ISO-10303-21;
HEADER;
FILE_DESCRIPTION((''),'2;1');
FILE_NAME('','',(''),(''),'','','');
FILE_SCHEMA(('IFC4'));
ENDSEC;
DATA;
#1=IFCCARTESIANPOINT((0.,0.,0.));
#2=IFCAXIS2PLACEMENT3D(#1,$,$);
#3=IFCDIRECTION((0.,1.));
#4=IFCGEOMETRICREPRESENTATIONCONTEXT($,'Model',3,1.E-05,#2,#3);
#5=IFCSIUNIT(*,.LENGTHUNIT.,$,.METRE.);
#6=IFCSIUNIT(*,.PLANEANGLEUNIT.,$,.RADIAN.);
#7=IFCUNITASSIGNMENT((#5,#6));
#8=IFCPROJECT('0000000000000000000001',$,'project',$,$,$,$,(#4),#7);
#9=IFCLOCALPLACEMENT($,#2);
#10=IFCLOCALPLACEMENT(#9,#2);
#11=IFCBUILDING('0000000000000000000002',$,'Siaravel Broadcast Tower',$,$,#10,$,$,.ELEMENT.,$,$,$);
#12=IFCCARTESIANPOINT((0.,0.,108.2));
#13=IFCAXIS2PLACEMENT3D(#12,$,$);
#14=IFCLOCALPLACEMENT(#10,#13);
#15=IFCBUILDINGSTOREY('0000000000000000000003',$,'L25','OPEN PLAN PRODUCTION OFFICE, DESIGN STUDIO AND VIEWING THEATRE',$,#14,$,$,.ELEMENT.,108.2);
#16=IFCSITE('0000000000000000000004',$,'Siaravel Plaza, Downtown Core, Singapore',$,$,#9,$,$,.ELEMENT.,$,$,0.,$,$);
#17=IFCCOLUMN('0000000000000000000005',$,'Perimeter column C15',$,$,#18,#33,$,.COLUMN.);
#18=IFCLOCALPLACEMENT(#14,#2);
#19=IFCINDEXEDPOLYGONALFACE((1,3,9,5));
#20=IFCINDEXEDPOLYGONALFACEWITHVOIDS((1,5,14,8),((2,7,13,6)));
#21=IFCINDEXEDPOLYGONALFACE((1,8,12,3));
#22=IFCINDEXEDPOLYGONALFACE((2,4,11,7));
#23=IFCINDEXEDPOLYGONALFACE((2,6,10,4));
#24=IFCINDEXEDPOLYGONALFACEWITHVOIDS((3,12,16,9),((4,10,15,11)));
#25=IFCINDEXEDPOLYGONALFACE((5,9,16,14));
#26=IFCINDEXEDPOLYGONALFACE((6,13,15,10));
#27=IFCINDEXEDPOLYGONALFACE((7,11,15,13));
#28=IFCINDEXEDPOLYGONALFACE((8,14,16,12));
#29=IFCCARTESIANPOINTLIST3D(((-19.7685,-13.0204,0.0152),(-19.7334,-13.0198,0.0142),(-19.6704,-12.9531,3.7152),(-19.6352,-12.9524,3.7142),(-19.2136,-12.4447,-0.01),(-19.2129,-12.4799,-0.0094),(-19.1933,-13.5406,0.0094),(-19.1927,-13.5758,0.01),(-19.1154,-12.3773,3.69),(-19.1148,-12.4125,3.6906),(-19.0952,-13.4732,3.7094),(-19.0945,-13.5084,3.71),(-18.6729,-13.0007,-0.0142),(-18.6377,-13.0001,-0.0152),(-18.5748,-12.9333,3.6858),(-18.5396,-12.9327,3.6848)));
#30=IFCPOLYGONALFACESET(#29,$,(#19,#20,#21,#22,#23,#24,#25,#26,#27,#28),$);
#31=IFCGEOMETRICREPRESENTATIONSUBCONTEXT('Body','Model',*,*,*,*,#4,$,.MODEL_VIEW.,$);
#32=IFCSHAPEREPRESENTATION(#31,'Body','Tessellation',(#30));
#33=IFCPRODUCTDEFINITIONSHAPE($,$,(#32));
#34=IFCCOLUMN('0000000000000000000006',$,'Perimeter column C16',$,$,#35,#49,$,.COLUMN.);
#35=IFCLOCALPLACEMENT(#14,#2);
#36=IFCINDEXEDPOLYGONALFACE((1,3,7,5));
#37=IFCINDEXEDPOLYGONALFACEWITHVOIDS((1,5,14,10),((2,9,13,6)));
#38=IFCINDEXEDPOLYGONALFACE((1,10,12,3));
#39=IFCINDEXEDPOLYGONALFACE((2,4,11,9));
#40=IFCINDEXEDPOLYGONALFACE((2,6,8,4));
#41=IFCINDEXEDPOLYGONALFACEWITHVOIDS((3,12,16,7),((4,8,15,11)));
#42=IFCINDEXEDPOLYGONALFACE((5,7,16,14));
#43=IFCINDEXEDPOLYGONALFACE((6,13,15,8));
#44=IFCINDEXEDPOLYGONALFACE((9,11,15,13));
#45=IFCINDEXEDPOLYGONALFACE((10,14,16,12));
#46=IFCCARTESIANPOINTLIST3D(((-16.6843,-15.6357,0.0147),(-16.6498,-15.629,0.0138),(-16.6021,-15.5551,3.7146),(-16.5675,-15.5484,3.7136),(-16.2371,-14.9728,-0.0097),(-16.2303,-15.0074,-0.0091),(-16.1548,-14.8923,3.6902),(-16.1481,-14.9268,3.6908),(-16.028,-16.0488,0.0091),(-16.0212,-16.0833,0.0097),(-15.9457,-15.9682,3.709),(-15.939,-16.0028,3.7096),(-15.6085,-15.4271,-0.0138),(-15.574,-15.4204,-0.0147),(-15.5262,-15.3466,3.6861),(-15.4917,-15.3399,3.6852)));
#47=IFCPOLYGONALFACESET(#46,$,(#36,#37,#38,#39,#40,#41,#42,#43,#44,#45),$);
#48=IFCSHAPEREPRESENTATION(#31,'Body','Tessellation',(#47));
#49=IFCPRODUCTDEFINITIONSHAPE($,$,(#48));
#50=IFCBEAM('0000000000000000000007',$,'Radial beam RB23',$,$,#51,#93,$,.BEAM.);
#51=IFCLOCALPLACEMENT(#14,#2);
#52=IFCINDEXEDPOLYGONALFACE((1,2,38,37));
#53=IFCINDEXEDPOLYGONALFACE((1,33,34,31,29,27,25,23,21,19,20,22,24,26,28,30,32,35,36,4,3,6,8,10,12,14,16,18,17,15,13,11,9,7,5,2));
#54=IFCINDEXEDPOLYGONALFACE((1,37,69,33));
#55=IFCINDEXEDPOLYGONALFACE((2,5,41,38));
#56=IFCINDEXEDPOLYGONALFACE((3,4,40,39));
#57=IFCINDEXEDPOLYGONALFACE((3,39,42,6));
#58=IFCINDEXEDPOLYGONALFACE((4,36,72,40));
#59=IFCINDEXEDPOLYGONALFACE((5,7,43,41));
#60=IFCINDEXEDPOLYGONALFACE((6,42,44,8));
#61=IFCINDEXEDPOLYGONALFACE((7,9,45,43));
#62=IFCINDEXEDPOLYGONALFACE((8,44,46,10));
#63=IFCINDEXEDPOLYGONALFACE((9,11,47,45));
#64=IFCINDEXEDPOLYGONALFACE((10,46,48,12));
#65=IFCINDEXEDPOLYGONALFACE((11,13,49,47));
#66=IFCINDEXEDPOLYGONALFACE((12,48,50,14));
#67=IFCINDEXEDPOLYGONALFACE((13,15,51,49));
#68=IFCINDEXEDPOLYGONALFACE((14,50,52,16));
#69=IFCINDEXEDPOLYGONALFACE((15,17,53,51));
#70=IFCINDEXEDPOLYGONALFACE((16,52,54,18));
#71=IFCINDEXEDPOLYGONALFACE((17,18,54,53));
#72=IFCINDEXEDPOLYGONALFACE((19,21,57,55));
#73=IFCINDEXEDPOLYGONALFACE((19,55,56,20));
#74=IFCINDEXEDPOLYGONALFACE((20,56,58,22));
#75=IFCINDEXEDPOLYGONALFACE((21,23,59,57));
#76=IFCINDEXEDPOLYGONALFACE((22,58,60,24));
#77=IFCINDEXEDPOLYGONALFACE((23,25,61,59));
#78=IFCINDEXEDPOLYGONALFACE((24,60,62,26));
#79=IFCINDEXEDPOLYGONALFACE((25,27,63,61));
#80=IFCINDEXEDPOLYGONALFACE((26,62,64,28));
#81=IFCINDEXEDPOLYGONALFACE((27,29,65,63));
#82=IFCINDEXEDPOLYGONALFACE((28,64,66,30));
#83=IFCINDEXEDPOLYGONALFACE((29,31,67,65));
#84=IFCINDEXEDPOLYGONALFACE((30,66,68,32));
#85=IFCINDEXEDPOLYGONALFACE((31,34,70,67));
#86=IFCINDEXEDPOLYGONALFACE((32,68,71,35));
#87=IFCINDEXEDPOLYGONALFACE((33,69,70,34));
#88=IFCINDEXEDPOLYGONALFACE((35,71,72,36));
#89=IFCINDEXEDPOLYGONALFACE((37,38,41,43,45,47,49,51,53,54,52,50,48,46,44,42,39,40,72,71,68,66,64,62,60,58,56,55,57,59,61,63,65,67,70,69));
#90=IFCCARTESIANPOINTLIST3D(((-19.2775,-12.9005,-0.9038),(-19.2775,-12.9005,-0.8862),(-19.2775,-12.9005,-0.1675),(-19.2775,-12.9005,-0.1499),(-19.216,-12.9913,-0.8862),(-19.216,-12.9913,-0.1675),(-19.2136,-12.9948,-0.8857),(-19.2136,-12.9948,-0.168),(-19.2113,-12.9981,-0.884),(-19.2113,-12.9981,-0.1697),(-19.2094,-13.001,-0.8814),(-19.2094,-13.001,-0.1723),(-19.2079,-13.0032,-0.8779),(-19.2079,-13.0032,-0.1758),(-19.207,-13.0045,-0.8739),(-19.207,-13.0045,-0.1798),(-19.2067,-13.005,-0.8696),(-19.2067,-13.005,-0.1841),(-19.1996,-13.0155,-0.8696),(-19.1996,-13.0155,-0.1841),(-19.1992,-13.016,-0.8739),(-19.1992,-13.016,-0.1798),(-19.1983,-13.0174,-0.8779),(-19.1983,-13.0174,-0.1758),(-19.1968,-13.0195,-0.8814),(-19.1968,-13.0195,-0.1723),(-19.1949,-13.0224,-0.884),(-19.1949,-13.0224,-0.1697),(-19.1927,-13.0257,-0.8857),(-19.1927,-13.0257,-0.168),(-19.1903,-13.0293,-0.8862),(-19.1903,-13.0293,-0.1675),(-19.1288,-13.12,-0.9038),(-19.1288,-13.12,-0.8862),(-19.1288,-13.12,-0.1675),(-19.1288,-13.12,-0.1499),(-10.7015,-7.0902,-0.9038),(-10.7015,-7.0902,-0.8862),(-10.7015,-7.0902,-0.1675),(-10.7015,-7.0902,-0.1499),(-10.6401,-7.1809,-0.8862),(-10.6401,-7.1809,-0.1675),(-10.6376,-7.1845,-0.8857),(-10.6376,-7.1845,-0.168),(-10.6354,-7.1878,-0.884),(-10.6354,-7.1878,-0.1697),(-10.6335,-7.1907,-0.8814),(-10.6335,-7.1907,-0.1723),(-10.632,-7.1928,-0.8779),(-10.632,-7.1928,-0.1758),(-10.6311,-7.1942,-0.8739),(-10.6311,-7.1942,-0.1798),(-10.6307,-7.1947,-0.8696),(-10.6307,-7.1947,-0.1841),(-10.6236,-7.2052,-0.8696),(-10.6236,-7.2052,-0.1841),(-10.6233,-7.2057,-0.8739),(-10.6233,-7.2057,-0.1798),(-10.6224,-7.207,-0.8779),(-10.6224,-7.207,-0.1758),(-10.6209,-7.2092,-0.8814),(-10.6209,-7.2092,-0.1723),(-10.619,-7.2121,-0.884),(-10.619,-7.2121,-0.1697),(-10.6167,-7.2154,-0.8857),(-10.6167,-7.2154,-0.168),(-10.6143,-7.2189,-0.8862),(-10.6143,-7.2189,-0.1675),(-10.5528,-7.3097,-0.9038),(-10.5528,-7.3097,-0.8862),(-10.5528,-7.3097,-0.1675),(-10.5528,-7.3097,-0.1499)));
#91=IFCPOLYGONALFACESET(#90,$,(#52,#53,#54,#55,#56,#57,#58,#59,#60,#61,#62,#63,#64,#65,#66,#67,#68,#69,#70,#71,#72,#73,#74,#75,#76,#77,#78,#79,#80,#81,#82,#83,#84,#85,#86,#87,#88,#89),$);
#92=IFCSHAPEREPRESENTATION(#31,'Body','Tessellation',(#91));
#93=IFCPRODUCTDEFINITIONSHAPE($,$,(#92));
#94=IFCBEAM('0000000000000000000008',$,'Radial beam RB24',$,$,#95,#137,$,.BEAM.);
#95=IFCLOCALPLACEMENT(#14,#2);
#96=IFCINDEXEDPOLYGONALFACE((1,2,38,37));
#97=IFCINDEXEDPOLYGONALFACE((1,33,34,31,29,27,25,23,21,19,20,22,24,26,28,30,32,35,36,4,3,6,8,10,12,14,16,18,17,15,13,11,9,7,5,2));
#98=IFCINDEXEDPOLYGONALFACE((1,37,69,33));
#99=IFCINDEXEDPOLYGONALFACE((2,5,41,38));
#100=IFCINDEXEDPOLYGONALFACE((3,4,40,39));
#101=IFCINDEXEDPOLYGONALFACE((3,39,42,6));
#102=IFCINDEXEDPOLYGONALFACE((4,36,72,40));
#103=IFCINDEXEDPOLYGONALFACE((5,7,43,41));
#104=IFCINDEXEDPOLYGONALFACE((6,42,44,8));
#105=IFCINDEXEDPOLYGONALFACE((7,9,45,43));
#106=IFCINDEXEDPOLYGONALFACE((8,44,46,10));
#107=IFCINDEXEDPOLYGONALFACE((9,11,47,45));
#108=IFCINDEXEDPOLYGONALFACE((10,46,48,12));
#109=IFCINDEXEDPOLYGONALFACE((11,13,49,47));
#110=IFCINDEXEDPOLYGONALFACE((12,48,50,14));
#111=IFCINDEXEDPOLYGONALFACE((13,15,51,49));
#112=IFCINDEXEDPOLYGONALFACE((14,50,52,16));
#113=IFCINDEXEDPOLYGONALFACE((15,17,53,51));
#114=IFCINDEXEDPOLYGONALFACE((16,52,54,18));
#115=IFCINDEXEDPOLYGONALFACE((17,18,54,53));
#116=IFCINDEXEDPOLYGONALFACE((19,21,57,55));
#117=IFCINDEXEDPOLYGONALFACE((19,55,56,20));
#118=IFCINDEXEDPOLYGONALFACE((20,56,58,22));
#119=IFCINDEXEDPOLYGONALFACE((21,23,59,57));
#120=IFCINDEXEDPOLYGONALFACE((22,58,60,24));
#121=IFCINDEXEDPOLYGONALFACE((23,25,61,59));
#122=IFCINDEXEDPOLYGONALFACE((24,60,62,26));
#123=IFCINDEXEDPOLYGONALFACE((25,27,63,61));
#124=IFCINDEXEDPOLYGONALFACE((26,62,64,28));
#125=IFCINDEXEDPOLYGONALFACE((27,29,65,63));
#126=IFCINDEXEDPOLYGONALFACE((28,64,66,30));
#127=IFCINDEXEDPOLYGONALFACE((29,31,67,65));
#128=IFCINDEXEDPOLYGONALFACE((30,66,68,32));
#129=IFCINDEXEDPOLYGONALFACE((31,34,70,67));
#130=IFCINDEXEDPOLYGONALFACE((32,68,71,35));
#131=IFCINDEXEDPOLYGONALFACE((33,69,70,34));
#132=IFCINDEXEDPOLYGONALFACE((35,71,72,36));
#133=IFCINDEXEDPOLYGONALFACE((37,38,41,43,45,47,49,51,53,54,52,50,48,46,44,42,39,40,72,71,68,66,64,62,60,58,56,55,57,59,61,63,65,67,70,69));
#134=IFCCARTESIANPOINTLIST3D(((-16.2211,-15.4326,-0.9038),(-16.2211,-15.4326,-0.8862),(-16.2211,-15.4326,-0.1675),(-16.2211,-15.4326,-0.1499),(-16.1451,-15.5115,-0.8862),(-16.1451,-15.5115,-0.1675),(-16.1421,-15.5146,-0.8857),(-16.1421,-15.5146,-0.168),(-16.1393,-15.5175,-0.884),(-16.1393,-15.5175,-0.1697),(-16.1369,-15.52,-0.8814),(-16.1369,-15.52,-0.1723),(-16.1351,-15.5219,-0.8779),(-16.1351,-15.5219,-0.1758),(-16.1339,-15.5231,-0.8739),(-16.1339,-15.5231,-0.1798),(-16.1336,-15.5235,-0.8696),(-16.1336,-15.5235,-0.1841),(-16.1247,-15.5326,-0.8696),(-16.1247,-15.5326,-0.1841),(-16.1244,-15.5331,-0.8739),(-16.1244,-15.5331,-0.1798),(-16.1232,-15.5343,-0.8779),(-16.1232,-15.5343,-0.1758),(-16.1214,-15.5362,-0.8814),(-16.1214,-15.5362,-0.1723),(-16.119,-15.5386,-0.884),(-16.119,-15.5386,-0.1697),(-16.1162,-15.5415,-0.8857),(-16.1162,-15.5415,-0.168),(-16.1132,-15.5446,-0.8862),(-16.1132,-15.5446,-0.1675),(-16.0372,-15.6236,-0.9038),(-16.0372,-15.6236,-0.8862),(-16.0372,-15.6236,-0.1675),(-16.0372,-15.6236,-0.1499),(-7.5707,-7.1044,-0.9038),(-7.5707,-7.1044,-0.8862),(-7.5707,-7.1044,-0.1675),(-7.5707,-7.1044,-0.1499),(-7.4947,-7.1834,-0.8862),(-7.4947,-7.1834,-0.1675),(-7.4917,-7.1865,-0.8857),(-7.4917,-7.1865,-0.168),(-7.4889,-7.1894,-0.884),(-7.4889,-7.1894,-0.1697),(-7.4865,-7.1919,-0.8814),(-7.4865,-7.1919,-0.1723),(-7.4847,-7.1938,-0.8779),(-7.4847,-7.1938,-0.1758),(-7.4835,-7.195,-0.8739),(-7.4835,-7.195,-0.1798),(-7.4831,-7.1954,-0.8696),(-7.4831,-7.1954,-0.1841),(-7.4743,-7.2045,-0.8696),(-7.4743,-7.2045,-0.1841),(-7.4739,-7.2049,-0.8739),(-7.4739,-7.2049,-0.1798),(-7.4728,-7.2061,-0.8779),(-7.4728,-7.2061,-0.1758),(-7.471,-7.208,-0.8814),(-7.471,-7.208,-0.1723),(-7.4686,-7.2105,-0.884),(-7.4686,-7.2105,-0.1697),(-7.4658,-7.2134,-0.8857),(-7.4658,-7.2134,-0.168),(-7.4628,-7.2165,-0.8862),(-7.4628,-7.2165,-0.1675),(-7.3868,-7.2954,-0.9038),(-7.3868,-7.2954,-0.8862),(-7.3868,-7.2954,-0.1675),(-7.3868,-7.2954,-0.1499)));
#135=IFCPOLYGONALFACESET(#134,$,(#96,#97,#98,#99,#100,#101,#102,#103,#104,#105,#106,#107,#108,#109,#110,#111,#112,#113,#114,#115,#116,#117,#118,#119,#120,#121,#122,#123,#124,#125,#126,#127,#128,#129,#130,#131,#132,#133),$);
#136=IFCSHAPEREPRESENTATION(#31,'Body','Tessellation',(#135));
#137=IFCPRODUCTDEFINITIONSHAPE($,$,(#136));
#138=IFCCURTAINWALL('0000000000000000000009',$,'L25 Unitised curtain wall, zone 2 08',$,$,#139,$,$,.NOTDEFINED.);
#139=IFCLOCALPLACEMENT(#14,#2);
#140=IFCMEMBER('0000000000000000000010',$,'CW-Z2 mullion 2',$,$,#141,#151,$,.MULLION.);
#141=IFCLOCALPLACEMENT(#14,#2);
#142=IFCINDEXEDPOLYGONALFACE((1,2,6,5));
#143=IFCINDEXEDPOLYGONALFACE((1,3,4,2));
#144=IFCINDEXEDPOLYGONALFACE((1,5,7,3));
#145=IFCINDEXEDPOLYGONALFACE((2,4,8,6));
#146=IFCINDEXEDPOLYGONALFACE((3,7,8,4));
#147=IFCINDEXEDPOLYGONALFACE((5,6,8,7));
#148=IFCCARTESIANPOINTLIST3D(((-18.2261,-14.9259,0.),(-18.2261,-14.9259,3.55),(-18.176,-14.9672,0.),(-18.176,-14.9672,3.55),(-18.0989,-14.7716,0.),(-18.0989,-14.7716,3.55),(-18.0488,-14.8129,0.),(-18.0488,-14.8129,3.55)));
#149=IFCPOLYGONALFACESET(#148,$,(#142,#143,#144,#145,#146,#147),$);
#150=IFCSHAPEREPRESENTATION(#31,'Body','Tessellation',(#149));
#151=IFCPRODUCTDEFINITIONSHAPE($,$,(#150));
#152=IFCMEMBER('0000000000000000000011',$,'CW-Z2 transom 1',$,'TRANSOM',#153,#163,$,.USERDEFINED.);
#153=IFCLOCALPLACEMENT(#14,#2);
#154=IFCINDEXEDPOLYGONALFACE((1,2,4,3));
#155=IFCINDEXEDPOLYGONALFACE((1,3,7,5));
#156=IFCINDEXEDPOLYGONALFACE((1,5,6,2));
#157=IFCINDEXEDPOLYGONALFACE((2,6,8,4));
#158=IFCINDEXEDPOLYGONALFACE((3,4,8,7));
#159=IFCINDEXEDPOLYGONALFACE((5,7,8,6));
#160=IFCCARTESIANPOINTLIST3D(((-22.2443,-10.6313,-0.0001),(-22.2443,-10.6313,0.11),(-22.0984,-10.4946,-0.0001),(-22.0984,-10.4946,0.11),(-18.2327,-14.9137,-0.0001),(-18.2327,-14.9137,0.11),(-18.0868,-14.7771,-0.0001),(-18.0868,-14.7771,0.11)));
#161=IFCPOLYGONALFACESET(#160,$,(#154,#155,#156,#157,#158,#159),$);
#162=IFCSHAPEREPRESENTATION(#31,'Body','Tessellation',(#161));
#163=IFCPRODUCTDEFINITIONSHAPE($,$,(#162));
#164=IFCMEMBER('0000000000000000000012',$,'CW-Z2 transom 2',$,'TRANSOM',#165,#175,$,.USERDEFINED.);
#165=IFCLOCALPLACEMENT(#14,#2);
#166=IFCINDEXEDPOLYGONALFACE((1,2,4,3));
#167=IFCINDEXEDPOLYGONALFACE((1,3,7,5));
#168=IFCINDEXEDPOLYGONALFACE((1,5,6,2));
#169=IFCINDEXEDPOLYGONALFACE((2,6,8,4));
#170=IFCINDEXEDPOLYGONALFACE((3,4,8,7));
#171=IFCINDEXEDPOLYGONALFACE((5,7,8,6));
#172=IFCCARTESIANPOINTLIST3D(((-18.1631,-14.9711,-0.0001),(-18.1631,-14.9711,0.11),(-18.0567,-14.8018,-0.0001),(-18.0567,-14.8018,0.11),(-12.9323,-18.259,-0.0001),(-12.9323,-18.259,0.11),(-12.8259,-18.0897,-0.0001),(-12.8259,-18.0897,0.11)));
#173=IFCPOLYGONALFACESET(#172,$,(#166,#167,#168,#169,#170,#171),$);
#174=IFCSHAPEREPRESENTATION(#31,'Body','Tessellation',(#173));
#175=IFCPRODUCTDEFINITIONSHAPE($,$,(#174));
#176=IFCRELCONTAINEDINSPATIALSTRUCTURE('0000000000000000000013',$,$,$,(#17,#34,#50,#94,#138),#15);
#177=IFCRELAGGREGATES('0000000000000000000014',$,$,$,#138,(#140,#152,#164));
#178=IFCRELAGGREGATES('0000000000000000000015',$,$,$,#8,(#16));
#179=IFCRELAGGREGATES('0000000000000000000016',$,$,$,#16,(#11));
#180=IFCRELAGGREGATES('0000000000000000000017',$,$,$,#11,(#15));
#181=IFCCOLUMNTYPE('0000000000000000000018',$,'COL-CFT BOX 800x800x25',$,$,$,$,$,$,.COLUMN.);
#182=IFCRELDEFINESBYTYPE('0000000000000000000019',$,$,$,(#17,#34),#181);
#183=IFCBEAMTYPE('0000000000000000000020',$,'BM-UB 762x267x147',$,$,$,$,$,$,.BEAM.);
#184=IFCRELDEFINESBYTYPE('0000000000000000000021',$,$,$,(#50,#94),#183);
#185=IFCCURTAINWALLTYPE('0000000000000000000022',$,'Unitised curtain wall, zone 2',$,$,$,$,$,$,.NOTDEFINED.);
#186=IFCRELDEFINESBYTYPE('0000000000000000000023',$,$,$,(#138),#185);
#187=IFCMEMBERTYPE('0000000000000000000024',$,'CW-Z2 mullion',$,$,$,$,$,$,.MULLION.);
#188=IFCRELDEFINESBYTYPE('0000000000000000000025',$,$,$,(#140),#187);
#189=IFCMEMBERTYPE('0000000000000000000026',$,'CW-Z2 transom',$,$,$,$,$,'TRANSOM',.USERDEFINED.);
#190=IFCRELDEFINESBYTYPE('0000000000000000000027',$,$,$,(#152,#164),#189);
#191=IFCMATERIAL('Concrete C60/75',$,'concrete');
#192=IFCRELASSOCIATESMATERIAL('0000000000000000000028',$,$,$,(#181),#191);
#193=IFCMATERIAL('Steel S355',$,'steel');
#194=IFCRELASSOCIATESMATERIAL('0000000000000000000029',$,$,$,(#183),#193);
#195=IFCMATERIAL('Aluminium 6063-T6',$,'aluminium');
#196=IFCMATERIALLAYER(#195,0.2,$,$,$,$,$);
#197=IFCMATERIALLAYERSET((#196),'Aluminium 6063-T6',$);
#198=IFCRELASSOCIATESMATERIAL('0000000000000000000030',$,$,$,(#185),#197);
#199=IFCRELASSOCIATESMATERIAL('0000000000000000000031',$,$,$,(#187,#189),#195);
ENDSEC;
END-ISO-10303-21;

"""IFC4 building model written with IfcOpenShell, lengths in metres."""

from ifc_helpers import new_model, si_unit, direction, frame, origin, origin_2d, place, context, subcontext, project, spatial, rectangle, hollow_rectangle, i_section, extrude, material, layer, layer_set, material_profile, profile_set, type_object, element, aggregate, save


model = new_model("IFC4")

# Units and contexts
model_context = context("Model", 3, precision=1e-05, world=origin(), true_north=direction((0.0, 1.0)))
body_context = subcontext(model_context, "Body", "Model", "MODEL_VIEW")
ifc_project = project(units=[si_unit("LENGTHUNIT", "METRE"), si_unit("PLANEANGLEUNIT", "RADIAN")], contexts=[model_context])

# Site, building, storey
site_placement = place(None, origin())
site = spatial("IfcSite", under=ifc_project, at=site_placement, Name="Siaravel Plaza, Downtown Core, Singapore", CompositionType="ELEMENT", RefElevation=0.0)
building_placement = place(site_placement, origin())
building = spatial("IfcBuilding", under=site, at=building_placement, Name="Siaravel Broadcast Tower", CompositionType="ELEMENT")
storey_placement = place(building_placement, frame((0.0, 0.0, 108.2)))
storey = spatial("IfcBuildingStorey", under=building, at=storey_placement, Name="L25", Description="OPEN PLAN PRODUCTION OFFICE, DESIGN STUDIO AND VIEWING THEATRE", CompositionType="ELEMENT", Elevation=108.2)

# Columns
ifc_material_1 = material(Name="Concrete C60/75", Category="concrete")
ifc_material_profile_1 = material_profile(ifc_material_1, hollow_rectangle(XDim=0.8, YDim=0.8, WallThickness=0.0249, at=origin_2d()))
ifc_profile_set_1 = profile_set([ifc_material_profile_1], Name="Concrete C60/75")
column_type = type_object("IfcColumnType", Name="COL-CFT BOX 800x800x25", PredefinedType="COLUMN", material=ifc_profile_set_1)
column_1_placement = place(storey_placement, frame((-19.2031, -13.0103, 0.0), z_axis=(0.026512, 0.018202, 0.999483), x_axis=(-0.719802, 0.694149, 0.006452)))
element("IfcColumn", 1, at=column_1_placement, inside=storey, type_object=column_type, Name="Perimeter column C15", PredefinedType="COLUMN", context=body_context, shape_type="SweptSolid", body=[
    extrude(hollow_rectangle(XDim=0.8, YDim=0.8, WallThickness=0.0249, at=origin_2d()), origin(), (0.0, 0.0, 1.0), 3.7019),
])
column_2_placement = place(storey_placement, frame((-16.1292, -15.5281, 0.0), z_axis=(0.022226, 0.021764, 0.999516), x_axis=(-0.828819, 0.559482, 0.006248)))
element("IfcColumn", 2, at=column_2_placement, inside=storey, type_object=column_type, Name="Perimeter column C16", PredefinedType="COLUMN", context=body_context, shape_type="SweptSolid", body=[
    extrude(hollow_rectangle(XDim=0.8, YDim=0.8, WallThickness=0.0249, at=origin_2d()), origin(), (0.0, 0.0, 1.0), 3.7017),
])

# Beams
ifc_material_2 = material(Name="Steel S355", Category="steel")
ifc_material_profile_2 = material_profile(ifc_material_2, i_section(OverallWidth=0.2651, OverallDepth=0.7539, WebThickness=0.0127, FlangeThickness=0.0176, FilletRadius=0.0166, at=origin_2d()))
ifc_profile_set_2 = profile_set([ifc_material_profile_2], Name="Steel S355")
beam_type = type_object("IfcBeamType", Name="BM-UB 762x267x147", PredefinedType="BEAM", material=ifc_profile_set_2)
beam_1_placement = place(storey_placement, frame((-19.2031, -13.0103, -0.5269), z_axis=(0.827883, 0.560901, 0.0), x_axis=(-0.560901, 0.827883, 0.0)))
element("IfcBeam", 3, at=beam_1_placement, inside=storey, type_object=beam_type, Name="Radial beam RB23", PredefinedType="BEAM", context=body_context, shape_type="SweptSolid", body=[
    extrude(i_section(OverallWidth=0.2651, OverallDepth=0.7539, WebThickness=0.0127, FlangeThickness=0.0176, FilletRadius=0.0166, at=origin_2d()), origin(), (0.0, 0.0, 1.0), 10.3589),
])
beam_2_placement = place(storey_placement, frame((-16.1292, -15.5281, -0.5269), z_axis=(0.720398, 0.69356, 0.0), x_axis=(-0.69356, 0.720398, 0.0)))
element("IfcBeam", 4, at=beam_2_placement, inside=storey, type_object=beam_type, Name="Radial beam RB24", PredefinedType="BEAM", context=body_context, shape_type="SweptSolid", body=[
    extrude(i_section(OverallWidth=0.2651, OverallDepth=0.7539, WebThickness=0.0127, FlangeThickness=0.0176, FilletRadius=0.0166, at=origin_2d()), origin(), (0.0, 0.0, 1.0), 12.0078),
])

# Curtain wall, members
ifc_material_3 = material(Name="Aluminium 6063-T6", Category="aluminium")
ifc_layer_1 = layer(ifc_material_3, 0.2)
ifc_layer_set_1 = layer_set([ifc_layer_1], Name="Aluminium 6063-T6")
curtain_wall_type = type_object("IfcCurtainWallType", Name="Unitised curtain wall, zone 2", PredefinedType="NOTDEFINED", material=ifc_layer_set_1)
curtain_wall_placement = place(storey_placement, origin())
curtain_wall = element("IfcCurtainWall", 5, at=curtain_wall_placement, inside=storey, type_object=curtain_wall_type, Name="L25 Unitised curtain wall, zone 2 08", PredefinedType="NOTDEFINED")
ifc_material_profile_3 = material_profile(ifc_material_3, rectangle(XDim=0.2, YDim=0.0649, at=origin_2d()))
ifc_profile_set_3 = profile_set([ifc_material_profile_3], Name="Aluminium 6063-T6")
member_type_1 = type_object("IfcMemberType", Name="CW-Z2 mullion", PredefinedType="MULLION", material=ifc_profile_set_3)
member_1_placement = place(storey_placement, frame((-18.1375, -14.8694, 0.0), z_axis=(0.0, 0.0, 1.0), x_axis=(0.636218, 0.771509, 0.0)))
member_1 = element("IfcMember", 6, at=member_1_placement, type_object=member_type_1, Name="CW-Z2 mullion 2", PredefinedType="MULLION", context=body_context, shape_type="SweptSolid", body=[
    extrude(rectangle(XDim=0.2, YDim=0.0649, at=origin_2d()), origin(), (0.0, 0.0, 1.0), 3.55),
])
ifc_material_profile_4 = material_profile(ifc_material_3, rectangle(XDim=0.2, YDim=0.1101, at=origin_2d()))
ifc_profile_set_4 = profile_set([ifc_material_profile_4], Name="Aluminium 6063-T6")
member_type_2 = type_object("IfcMemberType", Name="CW-Z2 transom", ElementType="TRANSOM", PredefinedType="USERDEFINED", material=ifc_profile_set_4)
member_2_placement = place(storey_placement, frame((-22.1714, -10.563, 0.0549), z_axis=(0.68366, -0.729801, 0.0), x_axis=(0.729801, 0.68366, 0.0)))
member_2 = element("IfcMember", 7, at=member_2_placement, type_object=member_type_2, Name="CW-Z2 transom 1", ObjectType="TRANSOM", PredefinedType="USERDEFINED", context=body_context, shape_type="SweptSolid", body=[
    extrude(rectangle(XDim=0.2, YDim=0.1101, at=origin_2d()), origin(), (0.0, 0.0, 1.0), 5.8679),
])
member_3_placement = place(storey_placement, frame((-18.1099, -14.8865, 0.0549), z_axis=(0.846639, -0.532167, 0.0), x_axis=(0.532167, 0.846639, 0.0)))
member_3 = element("IfcMember", 8, at=member_3_placement, type_object=member_type_2, Name="CW-Z2 transom 2", ObjectType="TRANSOM", PredefinedType="USERDEFINED", context=body_context, shape_type="SweptSolid", body=[
    extrude(rectangle(XDim=0.2, YDim=0.1101, at=origin_2d()), origin(), (0.0, 0.0, 1.0), 6.1782),
])

aggregate(curtain_wall, [member_1, member_2, member_3])

save(model, "model.ifc")
